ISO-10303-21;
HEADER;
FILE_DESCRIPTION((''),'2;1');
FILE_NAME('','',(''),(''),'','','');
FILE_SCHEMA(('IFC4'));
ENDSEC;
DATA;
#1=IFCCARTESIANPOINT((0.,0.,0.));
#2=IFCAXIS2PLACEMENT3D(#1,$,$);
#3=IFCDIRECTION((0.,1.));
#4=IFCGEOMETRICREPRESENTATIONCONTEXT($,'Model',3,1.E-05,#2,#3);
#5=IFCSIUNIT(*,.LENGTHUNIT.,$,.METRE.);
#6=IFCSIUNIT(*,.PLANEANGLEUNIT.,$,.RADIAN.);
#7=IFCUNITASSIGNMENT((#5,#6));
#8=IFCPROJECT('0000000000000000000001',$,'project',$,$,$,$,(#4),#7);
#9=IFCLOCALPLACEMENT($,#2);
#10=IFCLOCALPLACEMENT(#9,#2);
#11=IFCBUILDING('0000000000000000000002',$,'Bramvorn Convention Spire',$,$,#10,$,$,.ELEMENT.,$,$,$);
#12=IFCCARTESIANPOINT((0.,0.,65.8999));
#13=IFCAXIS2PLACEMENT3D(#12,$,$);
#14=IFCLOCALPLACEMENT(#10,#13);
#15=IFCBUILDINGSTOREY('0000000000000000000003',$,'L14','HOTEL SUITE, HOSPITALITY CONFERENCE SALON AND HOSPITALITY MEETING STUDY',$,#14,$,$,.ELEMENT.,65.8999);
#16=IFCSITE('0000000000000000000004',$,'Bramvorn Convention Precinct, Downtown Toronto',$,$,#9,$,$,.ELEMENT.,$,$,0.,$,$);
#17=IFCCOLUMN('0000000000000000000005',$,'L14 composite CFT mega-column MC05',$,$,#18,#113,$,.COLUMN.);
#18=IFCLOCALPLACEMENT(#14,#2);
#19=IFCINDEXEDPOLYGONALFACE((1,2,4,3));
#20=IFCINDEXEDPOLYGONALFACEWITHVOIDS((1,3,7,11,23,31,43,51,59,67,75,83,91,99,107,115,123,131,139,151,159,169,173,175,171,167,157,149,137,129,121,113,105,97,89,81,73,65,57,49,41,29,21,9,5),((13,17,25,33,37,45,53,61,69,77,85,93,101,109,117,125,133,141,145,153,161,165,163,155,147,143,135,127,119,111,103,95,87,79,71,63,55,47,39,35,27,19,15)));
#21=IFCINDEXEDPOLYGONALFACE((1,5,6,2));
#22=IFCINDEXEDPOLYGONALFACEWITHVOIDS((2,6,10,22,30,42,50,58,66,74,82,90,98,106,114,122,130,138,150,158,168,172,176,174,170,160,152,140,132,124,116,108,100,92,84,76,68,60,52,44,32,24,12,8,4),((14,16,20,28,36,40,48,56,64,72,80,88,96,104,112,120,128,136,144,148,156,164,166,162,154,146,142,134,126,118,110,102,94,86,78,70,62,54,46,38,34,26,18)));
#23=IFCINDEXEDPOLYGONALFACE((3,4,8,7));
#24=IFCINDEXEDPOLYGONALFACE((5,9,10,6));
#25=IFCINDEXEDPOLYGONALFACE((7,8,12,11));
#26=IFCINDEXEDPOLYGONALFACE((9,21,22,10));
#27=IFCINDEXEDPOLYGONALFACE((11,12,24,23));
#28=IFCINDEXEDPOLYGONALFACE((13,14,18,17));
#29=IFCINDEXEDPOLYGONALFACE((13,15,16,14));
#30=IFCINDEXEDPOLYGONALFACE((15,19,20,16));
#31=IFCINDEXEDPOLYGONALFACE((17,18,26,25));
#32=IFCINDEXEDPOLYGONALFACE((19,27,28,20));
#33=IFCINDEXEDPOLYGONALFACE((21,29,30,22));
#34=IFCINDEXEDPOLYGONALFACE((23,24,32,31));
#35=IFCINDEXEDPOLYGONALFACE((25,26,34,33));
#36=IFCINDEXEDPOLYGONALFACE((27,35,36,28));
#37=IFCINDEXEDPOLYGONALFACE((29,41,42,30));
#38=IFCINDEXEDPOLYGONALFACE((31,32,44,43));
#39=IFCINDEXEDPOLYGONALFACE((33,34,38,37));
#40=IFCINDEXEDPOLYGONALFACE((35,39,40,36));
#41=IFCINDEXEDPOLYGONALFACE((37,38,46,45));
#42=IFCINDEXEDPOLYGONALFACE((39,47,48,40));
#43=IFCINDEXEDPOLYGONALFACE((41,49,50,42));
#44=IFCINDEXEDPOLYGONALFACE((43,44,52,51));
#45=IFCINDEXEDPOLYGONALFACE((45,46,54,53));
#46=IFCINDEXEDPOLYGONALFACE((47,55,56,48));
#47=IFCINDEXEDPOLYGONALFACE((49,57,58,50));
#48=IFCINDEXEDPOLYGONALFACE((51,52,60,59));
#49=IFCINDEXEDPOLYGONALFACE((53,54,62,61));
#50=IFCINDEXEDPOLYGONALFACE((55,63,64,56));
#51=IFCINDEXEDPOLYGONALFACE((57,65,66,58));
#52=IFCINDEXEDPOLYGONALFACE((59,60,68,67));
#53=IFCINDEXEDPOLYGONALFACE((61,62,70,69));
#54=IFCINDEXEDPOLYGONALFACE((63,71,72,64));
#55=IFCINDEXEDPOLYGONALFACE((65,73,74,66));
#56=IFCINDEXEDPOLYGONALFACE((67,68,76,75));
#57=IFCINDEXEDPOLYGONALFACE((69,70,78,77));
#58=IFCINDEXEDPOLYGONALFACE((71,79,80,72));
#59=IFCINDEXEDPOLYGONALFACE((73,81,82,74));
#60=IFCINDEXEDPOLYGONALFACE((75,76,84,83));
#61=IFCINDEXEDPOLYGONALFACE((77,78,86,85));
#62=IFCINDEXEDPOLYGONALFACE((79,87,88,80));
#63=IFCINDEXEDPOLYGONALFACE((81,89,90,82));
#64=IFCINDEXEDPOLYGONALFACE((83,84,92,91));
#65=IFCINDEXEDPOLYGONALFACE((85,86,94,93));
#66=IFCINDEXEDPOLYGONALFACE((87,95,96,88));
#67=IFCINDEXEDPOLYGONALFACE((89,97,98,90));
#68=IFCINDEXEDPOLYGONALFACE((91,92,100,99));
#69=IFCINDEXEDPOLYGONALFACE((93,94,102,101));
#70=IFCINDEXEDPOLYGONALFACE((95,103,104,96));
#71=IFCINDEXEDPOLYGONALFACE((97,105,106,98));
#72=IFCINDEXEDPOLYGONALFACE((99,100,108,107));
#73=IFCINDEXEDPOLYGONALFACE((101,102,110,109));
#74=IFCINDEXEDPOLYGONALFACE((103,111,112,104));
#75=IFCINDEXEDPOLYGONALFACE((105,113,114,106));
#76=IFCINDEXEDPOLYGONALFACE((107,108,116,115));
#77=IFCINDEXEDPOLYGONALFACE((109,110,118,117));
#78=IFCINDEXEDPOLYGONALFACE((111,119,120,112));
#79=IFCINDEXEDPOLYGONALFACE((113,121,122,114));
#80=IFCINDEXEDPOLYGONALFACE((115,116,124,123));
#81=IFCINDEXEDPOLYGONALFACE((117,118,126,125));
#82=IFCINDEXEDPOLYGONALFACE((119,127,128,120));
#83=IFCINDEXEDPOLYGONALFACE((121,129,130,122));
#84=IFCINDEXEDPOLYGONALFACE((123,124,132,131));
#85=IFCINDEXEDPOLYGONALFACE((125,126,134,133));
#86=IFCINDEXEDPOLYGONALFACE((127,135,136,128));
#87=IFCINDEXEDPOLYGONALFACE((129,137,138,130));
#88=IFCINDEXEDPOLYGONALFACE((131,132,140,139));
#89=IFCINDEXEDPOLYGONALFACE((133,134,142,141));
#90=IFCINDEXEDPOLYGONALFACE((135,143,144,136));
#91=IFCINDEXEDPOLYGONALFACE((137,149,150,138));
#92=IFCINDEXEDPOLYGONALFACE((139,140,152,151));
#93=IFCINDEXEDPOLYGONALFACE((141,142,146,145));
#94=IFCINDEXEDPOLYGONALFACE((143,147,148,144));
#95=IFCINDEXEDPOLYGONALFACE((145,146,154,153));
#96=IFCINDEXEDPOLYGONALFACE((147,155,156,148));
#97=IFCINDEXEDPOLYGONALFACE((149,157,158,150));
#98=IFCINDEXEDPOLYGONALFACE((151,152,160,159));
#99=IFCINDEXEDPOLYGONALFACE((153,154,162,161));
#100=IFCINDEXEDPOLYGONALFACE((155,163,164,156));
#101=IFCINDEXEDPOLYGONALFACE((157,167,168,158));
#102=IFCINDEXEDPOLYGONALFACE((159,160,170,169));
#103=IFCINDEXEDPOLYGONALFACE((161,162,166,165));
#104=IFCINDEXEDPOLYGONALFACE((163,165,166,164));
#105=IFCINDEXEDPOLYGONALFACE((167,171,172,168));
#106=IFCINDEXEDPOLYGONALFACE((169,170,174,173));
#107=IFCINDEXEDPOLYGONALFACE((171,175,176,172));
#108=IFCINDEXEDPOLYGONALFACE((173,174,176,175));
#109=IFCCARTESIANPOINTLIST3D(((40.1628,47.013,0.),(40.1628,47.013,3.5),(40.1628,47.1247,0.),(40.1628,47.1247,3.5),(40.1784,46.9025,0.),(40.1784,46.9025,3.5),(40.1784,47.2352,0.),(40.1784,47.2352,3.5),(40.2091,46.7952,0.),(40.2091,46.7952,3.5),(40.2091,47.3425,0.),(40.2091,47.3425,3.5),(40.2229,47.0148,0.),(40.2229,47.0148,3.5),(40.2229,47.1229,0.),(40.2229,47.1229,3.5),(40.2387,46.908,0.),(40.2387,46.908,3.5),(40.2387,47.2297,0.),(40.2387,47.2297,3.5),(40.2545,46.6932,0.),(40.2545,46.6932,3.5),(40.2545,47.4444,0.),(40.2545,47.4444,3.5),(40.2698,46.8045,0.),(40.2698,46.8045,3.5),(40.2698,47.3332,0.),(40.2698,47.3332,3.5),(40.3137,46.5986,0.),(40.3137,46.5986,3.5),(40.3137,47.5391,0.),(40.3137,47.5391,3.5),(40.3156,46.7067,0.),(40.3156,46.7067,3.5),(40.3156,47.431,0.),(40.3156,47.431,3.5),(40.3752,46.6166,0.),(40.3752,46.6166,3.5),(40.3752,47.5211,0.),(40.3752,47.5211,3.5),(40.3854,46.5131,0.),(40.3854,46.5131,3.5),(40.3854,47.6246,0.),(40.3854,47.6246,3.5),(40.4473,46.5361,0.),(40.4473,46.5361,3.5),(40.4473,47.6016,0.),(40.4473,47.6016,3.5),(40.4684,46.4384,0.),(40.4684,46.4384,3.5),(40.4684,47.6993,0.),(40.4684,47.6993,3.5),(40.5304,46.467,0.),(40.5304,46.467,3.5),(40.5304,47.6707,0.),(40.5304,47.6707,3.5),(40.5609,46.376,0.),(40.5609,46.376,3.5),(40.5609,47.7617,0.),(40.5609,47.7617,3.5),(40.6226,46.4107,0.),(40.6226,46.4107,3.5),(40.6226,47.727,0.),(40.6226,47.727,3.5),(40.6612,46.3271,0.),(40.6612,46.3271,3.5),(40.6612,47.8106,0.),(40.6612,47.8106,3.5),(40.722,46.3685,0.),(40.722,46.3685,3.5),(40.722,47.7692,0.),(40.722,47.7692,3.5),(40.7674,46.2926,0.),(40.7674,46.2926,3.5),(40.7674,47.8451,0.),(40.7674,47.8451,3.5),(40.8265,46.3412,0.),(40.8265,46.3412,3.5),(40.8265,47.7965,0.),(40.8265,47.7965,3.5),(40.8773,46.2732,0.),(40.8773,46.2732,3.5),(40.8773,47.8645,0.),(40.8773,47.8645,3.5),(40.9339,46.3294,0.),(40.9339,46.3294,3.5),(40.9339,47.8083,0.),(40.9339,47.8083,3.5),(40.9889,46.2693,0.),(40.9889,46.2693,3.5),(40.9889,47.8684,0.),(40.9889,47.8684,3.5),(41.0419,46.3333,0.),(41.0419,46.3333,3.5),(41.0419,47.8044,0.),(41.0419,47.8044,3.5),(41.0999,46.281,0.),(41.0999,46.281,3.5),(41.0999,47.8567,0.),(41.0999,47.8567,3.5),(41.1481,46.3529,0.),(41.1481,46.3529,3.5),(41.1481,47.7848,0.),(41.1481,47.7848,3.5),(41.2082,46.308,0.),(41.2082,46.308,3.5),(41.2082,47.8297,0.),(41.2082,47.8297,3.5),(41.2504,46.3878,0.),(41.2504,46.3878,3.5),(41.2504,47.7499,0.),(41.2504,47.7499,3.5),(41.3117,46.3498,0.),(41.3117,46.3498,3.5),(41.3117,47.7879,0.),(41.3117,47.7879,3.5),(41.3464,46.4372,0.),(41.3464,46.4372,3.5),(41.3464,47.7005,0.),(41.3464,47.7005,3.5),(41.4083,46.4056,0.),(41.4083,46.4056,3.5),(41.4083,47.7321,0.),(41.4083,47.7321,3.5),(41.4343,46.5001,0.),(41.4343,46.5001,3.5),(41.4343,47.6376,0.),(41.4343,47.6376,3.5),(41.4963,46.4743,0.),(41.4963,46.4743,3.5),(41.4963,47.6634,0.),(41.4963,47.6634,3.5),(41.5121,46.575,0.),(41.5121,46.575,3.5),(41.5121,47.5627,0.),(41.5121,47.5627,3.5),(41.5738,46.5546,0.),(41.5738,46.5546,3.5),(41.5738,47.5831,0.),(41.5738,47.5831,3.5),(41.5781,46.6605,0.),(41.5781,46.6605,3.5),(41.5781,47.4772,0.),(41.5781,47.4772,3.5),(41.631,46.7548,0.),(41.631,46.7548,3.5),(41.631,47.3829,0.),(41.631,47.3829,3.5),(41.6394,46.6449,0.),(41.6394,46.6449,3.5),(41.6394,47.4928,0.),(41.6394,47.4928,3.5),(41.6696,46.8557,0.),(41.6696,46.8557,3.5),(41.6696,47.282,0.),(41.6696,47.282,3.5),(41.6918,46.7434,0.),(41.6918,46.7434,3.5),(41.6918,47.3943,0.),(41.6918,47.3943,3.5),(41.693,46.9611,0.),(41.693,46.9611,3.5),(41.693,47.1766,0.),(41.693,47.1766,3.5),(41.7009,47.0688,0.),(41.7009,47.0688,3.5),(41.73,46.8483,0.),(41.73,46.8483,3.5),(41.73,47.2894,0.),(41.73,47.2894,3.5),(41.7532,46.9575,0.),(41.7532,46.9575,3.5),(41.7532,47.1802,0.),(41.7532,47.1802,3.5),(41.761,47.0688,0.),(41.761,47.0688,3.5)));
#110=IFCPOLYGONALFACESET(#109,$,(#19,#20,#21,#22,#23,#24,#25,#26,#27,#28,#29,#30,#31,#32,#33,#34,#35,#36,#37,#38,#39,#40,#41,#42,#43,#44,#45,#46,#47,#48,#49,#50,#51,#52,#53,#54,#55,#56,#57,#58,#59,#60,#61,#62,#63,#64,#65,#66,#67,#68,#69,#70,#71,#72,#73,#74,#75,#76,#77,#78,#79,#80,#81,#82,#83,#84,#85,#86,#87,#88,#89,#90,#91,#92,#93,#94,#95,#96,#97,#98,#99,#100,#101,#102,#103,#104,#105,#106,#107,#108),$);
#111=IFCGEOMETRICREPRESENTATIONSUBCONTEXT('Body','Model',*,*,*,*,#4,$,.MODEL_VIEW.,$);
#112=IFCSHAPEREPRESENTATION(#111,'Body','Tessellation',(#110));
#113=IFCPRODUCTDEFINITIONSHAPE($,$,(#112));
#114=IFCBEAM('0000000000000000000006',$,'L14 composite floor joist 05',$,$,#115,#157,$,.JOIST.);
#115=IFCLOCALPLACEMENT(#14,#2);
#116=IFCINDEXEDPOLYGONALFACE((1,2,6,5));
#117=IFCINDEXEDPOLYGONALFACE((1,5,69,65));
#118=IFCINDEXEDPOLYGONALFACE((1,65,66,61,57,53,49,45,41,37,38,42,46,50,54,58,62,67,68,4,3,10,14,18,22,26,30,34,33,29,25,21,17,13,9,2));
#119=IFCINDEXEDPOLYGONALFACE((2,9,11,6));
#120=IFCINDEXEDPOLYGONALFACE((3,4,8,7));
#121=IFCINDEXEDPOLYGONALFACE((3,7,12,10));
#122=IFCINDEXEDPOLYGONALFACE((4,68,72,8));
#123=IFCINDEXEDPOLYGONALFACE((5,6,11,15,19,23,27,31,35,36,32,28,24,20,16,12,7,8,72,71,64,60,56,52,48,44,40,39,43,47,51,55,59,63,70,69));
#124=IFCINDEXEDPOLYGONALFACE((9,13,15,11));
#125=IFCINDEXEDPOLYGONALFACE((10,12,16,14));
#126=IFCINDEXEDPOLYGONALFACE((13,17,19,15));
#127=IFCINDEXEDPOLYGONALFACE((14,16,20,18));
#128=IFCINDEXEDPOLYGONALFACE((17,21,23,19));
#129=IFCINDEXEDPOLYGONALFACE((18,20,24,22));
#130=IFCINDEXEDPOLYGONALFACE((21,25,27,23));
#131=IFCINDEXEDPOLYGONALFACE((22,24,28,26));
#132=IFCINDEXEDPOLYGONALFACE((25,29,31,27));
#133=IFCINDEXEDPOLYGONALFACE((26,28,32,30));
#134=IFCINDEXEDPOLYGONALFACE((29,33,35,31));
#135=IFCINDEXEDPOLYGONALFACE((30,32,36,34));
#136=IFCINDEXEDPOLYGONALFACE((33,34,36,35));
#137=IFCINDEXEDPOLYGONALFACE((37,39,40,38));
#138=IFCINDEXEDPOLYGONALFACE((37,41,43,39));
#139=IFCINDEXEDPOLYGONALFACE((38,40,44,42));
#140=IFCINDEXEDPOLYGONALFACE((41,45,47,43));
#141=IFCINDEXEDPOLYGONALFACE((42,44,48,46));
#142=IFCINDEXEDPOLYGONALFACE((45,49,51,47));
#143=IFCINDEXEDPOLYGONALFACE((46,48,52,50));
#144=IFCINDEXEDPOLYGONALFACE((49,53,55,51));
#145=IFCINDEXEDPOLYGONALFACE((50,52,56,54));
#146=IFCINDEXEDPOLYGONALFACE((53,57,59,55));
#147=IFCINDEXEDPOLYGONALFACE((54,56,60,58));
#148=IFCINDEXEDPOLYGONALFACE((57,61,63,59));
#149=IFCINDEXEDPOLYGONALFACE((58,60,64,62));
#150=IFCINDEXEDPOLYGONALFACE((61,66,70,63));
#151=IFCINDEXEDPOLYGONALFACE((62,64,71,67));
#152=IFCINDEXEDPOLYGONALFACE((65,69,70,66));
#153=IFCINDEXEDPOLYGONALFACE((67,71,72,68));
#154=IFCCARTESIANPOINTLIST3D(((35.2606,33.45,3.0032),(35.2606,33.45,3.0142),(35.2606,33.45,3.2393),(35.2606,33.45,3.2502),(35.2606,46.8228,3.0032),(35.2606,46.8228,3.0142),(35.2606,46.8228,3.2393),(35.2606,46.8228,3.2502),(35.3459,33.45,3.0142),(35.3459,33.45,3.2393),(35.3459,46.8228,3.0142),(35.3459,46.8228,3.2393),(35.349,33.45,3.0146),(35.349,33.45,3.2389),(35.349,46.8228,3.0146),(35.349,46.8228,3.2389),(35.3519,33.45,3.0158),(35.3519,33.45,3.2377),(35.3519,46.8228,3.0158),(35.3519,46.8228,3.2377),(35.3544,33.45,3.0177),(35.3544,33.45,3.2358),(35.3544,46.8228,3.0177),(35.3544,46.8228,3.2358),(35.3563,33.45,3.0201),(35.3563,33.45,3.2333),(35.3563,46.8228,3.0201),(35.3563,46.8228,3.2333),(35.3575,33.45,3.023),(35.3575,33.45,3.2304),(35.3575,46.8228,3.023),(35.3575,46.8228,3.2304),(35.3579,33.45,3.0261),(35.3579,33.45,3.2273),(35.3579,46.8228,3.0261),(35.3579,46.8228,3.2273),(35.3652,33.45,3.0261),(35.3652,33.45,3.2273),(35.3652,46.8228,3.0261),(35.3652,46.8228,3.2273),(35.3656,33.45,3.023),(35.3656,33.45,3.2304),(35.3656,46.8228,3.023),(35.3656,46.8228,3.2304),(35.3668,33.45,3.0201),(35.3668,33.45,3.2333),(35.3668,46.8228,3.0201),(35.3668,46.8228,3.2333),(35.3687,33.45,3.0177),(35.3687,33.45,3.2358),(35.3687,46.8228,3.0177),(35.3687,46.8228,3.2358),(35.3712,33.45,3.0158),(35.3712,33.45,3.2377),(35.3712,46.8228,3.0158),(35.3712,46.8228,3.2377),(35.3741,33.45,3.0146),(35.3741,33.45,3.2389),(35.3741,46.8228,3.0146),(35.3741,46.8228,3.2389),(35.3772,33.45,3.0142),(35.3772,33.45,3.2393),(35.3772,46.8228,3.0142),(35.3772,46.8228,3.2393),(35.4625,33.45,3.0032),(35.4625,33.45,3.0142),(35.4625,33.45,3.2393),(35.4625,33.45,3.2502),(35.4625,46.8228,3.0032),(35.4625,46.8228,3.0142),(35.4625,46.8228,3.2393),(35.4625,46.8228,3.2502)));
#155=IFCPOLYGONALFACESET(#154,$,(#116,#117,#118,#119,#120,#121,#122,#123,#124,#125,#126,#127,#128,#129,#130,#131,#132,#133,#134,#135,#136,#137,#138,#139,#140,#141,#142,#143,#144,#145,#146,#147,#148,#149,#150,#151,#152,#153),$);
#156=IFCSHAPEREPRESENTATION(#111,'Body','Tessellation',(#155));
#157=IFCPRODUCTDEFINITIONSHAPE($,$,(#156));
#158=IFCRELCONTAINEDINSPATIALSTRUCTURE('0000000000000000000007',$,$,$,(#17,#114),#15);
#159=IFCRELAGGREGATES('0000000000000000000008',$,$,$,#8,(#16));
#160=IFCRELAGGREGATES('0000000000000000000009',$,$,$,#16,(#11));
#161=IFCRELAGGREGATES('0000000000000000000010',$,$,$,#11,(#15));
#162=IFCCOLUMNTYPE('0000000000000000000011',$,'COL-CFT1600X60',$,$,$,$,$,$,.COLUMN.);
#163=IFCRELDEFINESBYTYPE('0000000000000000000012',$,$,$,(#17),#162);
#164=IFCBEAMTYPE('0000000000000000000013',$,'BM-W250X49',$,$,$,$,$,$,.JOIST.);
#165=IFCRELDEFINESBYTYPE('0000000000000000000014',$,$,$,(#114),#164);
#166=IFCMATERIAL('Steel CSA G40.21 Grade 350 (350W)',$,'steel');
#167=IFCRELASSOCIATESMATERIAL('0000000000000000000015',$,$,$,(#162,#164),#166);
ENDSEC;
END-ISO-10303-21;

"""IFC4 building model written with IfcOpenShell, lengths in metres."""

from ifc_helpers import new_model, si_unit, direction, frame, origin, origin_2d, place, context, subcontext, project, spatial, hollow_circle, i_section, extrude, material, material_profile, profile_set, type_object, element, save


model = new_model("IFC4")

# Units and contexts
model_context = context("Model", 3, precision=1e-05, world=origin(), true_north=direction((0.0, 1.0)))
body_context = subcontext(model_context, "Body", "Model", "MODEL_VIEW")
ifc_project = project(units=[si_unit("LENGTHUNIT", "METRE"), si_unit("PLANEANGLEUNIT", "RADIAN")], contexts=[model_context])

# Site, building, storey
site_placement = place(None, origin())
site = spatial("IfcSite", under=ifc_project, at=site_placement, Name="Bramvorn Convention Precinct, Downtown Toronto", CompositionType="ELEMENT", RefElevation=0.0)
building_placement = place(site_placement, origin())
building = spatial("IfcBuilding", under=site, at=building_placement, Name="Bramvorn Convention Spire", CompositionType="ELEMENT")
storey_placement = place(building_placement, frame((0.0, 0.0, 65.8999)))
storey = spatial("IfcBuildingStorey", under=building, at=storey_placement, Name="L14", Description="HOTEL SUITE, HOSPITALITY CONFERENCE SALON AND HOSPITALITY MEETING STUDY", CompositionType="ELEMENT", Elevation=65.8999)

# Column
ifc_material_1 = material(Name="Steel CSA G40.21 Grade 350 (350W)", Category="steel")
ifc_material_profile_1 = material_profile(ifc_material_1, hollow_circle(Radius=0.8, WallThickness=0.0601, at=origin_2d()))
ifc_profile_set_1 = profile_set([ifc_material_profile_1], Name="Steel CSA G40.21 Grade 350 (350W) - CFT1600X60")
column_type = type_object("IfcColumnType", Name="COL-CFT1600X60", PredefinedType="COLUMN", material=ifc_profile_set_1)
column_placement = place(storey_placement, frame((40.9609, 47.0688, 0.0), z_axis=(0.0, 0.0, 1.0), x_axis=(1.0, 0.0, 0.0)))
element("IfcColumn", 1, at=column_placement, inside=storey, type_object=column_type, Name="L14 composite CFT mega-column MC05", PredefinedType="COLUMN", context=body_context, shape_type="SweptSolid", body=[
    extrude(hollow_circle(Radius=0.8, WallThickness=0.0601, at=origin_2d()), origin(), (0.0, 0.0, 1.0), 3.5),
])

# Beam
ifc_material_profile_2 = material_profile(ifc_material_1, i_section(OverallWidth=0.2019, OverallDepth=0.2471, WebThickness=0.0073, FlangeThickness=0.011, FilletRadius=0.012, at=origin_2d()))
ifc_profile_set_2 = profile_set([ifc_material_profile_2], Name="Steel CSA G40.21 Grade 350 (350W) - W250X49")
beam_type_1 = type_object("IfcBeamType", Name="BM-W250X49", PredefinedType="JOIST", material=ifc_profile_set_2)
beam_1_placement = place(storey_placement, frame((35.3616, 33.45, 3.1267), z_axis=(0.0, 1.0, 0.0), x_axis=(-1.0, 0.0, 0.0)))
element("IfcBeam", 2, at=beam_1_placement, inside=storey, type_object=beam_type_1, Name="L14 composite floor joist 05", PredefinedType="JOIST", context=body_context, shape_type="SweptSolid", body=[
    extrude(i_section(OverallWidth=0.2019, OverallDepth=0.2471, WebThickness=0.0073, FlangeThickness=0.011, FilletRadius=0.012, at=origin_2d()), origin(), (0.0, 0.0, 1.0), 13.3728),
])

save(model, "model.ifc")
